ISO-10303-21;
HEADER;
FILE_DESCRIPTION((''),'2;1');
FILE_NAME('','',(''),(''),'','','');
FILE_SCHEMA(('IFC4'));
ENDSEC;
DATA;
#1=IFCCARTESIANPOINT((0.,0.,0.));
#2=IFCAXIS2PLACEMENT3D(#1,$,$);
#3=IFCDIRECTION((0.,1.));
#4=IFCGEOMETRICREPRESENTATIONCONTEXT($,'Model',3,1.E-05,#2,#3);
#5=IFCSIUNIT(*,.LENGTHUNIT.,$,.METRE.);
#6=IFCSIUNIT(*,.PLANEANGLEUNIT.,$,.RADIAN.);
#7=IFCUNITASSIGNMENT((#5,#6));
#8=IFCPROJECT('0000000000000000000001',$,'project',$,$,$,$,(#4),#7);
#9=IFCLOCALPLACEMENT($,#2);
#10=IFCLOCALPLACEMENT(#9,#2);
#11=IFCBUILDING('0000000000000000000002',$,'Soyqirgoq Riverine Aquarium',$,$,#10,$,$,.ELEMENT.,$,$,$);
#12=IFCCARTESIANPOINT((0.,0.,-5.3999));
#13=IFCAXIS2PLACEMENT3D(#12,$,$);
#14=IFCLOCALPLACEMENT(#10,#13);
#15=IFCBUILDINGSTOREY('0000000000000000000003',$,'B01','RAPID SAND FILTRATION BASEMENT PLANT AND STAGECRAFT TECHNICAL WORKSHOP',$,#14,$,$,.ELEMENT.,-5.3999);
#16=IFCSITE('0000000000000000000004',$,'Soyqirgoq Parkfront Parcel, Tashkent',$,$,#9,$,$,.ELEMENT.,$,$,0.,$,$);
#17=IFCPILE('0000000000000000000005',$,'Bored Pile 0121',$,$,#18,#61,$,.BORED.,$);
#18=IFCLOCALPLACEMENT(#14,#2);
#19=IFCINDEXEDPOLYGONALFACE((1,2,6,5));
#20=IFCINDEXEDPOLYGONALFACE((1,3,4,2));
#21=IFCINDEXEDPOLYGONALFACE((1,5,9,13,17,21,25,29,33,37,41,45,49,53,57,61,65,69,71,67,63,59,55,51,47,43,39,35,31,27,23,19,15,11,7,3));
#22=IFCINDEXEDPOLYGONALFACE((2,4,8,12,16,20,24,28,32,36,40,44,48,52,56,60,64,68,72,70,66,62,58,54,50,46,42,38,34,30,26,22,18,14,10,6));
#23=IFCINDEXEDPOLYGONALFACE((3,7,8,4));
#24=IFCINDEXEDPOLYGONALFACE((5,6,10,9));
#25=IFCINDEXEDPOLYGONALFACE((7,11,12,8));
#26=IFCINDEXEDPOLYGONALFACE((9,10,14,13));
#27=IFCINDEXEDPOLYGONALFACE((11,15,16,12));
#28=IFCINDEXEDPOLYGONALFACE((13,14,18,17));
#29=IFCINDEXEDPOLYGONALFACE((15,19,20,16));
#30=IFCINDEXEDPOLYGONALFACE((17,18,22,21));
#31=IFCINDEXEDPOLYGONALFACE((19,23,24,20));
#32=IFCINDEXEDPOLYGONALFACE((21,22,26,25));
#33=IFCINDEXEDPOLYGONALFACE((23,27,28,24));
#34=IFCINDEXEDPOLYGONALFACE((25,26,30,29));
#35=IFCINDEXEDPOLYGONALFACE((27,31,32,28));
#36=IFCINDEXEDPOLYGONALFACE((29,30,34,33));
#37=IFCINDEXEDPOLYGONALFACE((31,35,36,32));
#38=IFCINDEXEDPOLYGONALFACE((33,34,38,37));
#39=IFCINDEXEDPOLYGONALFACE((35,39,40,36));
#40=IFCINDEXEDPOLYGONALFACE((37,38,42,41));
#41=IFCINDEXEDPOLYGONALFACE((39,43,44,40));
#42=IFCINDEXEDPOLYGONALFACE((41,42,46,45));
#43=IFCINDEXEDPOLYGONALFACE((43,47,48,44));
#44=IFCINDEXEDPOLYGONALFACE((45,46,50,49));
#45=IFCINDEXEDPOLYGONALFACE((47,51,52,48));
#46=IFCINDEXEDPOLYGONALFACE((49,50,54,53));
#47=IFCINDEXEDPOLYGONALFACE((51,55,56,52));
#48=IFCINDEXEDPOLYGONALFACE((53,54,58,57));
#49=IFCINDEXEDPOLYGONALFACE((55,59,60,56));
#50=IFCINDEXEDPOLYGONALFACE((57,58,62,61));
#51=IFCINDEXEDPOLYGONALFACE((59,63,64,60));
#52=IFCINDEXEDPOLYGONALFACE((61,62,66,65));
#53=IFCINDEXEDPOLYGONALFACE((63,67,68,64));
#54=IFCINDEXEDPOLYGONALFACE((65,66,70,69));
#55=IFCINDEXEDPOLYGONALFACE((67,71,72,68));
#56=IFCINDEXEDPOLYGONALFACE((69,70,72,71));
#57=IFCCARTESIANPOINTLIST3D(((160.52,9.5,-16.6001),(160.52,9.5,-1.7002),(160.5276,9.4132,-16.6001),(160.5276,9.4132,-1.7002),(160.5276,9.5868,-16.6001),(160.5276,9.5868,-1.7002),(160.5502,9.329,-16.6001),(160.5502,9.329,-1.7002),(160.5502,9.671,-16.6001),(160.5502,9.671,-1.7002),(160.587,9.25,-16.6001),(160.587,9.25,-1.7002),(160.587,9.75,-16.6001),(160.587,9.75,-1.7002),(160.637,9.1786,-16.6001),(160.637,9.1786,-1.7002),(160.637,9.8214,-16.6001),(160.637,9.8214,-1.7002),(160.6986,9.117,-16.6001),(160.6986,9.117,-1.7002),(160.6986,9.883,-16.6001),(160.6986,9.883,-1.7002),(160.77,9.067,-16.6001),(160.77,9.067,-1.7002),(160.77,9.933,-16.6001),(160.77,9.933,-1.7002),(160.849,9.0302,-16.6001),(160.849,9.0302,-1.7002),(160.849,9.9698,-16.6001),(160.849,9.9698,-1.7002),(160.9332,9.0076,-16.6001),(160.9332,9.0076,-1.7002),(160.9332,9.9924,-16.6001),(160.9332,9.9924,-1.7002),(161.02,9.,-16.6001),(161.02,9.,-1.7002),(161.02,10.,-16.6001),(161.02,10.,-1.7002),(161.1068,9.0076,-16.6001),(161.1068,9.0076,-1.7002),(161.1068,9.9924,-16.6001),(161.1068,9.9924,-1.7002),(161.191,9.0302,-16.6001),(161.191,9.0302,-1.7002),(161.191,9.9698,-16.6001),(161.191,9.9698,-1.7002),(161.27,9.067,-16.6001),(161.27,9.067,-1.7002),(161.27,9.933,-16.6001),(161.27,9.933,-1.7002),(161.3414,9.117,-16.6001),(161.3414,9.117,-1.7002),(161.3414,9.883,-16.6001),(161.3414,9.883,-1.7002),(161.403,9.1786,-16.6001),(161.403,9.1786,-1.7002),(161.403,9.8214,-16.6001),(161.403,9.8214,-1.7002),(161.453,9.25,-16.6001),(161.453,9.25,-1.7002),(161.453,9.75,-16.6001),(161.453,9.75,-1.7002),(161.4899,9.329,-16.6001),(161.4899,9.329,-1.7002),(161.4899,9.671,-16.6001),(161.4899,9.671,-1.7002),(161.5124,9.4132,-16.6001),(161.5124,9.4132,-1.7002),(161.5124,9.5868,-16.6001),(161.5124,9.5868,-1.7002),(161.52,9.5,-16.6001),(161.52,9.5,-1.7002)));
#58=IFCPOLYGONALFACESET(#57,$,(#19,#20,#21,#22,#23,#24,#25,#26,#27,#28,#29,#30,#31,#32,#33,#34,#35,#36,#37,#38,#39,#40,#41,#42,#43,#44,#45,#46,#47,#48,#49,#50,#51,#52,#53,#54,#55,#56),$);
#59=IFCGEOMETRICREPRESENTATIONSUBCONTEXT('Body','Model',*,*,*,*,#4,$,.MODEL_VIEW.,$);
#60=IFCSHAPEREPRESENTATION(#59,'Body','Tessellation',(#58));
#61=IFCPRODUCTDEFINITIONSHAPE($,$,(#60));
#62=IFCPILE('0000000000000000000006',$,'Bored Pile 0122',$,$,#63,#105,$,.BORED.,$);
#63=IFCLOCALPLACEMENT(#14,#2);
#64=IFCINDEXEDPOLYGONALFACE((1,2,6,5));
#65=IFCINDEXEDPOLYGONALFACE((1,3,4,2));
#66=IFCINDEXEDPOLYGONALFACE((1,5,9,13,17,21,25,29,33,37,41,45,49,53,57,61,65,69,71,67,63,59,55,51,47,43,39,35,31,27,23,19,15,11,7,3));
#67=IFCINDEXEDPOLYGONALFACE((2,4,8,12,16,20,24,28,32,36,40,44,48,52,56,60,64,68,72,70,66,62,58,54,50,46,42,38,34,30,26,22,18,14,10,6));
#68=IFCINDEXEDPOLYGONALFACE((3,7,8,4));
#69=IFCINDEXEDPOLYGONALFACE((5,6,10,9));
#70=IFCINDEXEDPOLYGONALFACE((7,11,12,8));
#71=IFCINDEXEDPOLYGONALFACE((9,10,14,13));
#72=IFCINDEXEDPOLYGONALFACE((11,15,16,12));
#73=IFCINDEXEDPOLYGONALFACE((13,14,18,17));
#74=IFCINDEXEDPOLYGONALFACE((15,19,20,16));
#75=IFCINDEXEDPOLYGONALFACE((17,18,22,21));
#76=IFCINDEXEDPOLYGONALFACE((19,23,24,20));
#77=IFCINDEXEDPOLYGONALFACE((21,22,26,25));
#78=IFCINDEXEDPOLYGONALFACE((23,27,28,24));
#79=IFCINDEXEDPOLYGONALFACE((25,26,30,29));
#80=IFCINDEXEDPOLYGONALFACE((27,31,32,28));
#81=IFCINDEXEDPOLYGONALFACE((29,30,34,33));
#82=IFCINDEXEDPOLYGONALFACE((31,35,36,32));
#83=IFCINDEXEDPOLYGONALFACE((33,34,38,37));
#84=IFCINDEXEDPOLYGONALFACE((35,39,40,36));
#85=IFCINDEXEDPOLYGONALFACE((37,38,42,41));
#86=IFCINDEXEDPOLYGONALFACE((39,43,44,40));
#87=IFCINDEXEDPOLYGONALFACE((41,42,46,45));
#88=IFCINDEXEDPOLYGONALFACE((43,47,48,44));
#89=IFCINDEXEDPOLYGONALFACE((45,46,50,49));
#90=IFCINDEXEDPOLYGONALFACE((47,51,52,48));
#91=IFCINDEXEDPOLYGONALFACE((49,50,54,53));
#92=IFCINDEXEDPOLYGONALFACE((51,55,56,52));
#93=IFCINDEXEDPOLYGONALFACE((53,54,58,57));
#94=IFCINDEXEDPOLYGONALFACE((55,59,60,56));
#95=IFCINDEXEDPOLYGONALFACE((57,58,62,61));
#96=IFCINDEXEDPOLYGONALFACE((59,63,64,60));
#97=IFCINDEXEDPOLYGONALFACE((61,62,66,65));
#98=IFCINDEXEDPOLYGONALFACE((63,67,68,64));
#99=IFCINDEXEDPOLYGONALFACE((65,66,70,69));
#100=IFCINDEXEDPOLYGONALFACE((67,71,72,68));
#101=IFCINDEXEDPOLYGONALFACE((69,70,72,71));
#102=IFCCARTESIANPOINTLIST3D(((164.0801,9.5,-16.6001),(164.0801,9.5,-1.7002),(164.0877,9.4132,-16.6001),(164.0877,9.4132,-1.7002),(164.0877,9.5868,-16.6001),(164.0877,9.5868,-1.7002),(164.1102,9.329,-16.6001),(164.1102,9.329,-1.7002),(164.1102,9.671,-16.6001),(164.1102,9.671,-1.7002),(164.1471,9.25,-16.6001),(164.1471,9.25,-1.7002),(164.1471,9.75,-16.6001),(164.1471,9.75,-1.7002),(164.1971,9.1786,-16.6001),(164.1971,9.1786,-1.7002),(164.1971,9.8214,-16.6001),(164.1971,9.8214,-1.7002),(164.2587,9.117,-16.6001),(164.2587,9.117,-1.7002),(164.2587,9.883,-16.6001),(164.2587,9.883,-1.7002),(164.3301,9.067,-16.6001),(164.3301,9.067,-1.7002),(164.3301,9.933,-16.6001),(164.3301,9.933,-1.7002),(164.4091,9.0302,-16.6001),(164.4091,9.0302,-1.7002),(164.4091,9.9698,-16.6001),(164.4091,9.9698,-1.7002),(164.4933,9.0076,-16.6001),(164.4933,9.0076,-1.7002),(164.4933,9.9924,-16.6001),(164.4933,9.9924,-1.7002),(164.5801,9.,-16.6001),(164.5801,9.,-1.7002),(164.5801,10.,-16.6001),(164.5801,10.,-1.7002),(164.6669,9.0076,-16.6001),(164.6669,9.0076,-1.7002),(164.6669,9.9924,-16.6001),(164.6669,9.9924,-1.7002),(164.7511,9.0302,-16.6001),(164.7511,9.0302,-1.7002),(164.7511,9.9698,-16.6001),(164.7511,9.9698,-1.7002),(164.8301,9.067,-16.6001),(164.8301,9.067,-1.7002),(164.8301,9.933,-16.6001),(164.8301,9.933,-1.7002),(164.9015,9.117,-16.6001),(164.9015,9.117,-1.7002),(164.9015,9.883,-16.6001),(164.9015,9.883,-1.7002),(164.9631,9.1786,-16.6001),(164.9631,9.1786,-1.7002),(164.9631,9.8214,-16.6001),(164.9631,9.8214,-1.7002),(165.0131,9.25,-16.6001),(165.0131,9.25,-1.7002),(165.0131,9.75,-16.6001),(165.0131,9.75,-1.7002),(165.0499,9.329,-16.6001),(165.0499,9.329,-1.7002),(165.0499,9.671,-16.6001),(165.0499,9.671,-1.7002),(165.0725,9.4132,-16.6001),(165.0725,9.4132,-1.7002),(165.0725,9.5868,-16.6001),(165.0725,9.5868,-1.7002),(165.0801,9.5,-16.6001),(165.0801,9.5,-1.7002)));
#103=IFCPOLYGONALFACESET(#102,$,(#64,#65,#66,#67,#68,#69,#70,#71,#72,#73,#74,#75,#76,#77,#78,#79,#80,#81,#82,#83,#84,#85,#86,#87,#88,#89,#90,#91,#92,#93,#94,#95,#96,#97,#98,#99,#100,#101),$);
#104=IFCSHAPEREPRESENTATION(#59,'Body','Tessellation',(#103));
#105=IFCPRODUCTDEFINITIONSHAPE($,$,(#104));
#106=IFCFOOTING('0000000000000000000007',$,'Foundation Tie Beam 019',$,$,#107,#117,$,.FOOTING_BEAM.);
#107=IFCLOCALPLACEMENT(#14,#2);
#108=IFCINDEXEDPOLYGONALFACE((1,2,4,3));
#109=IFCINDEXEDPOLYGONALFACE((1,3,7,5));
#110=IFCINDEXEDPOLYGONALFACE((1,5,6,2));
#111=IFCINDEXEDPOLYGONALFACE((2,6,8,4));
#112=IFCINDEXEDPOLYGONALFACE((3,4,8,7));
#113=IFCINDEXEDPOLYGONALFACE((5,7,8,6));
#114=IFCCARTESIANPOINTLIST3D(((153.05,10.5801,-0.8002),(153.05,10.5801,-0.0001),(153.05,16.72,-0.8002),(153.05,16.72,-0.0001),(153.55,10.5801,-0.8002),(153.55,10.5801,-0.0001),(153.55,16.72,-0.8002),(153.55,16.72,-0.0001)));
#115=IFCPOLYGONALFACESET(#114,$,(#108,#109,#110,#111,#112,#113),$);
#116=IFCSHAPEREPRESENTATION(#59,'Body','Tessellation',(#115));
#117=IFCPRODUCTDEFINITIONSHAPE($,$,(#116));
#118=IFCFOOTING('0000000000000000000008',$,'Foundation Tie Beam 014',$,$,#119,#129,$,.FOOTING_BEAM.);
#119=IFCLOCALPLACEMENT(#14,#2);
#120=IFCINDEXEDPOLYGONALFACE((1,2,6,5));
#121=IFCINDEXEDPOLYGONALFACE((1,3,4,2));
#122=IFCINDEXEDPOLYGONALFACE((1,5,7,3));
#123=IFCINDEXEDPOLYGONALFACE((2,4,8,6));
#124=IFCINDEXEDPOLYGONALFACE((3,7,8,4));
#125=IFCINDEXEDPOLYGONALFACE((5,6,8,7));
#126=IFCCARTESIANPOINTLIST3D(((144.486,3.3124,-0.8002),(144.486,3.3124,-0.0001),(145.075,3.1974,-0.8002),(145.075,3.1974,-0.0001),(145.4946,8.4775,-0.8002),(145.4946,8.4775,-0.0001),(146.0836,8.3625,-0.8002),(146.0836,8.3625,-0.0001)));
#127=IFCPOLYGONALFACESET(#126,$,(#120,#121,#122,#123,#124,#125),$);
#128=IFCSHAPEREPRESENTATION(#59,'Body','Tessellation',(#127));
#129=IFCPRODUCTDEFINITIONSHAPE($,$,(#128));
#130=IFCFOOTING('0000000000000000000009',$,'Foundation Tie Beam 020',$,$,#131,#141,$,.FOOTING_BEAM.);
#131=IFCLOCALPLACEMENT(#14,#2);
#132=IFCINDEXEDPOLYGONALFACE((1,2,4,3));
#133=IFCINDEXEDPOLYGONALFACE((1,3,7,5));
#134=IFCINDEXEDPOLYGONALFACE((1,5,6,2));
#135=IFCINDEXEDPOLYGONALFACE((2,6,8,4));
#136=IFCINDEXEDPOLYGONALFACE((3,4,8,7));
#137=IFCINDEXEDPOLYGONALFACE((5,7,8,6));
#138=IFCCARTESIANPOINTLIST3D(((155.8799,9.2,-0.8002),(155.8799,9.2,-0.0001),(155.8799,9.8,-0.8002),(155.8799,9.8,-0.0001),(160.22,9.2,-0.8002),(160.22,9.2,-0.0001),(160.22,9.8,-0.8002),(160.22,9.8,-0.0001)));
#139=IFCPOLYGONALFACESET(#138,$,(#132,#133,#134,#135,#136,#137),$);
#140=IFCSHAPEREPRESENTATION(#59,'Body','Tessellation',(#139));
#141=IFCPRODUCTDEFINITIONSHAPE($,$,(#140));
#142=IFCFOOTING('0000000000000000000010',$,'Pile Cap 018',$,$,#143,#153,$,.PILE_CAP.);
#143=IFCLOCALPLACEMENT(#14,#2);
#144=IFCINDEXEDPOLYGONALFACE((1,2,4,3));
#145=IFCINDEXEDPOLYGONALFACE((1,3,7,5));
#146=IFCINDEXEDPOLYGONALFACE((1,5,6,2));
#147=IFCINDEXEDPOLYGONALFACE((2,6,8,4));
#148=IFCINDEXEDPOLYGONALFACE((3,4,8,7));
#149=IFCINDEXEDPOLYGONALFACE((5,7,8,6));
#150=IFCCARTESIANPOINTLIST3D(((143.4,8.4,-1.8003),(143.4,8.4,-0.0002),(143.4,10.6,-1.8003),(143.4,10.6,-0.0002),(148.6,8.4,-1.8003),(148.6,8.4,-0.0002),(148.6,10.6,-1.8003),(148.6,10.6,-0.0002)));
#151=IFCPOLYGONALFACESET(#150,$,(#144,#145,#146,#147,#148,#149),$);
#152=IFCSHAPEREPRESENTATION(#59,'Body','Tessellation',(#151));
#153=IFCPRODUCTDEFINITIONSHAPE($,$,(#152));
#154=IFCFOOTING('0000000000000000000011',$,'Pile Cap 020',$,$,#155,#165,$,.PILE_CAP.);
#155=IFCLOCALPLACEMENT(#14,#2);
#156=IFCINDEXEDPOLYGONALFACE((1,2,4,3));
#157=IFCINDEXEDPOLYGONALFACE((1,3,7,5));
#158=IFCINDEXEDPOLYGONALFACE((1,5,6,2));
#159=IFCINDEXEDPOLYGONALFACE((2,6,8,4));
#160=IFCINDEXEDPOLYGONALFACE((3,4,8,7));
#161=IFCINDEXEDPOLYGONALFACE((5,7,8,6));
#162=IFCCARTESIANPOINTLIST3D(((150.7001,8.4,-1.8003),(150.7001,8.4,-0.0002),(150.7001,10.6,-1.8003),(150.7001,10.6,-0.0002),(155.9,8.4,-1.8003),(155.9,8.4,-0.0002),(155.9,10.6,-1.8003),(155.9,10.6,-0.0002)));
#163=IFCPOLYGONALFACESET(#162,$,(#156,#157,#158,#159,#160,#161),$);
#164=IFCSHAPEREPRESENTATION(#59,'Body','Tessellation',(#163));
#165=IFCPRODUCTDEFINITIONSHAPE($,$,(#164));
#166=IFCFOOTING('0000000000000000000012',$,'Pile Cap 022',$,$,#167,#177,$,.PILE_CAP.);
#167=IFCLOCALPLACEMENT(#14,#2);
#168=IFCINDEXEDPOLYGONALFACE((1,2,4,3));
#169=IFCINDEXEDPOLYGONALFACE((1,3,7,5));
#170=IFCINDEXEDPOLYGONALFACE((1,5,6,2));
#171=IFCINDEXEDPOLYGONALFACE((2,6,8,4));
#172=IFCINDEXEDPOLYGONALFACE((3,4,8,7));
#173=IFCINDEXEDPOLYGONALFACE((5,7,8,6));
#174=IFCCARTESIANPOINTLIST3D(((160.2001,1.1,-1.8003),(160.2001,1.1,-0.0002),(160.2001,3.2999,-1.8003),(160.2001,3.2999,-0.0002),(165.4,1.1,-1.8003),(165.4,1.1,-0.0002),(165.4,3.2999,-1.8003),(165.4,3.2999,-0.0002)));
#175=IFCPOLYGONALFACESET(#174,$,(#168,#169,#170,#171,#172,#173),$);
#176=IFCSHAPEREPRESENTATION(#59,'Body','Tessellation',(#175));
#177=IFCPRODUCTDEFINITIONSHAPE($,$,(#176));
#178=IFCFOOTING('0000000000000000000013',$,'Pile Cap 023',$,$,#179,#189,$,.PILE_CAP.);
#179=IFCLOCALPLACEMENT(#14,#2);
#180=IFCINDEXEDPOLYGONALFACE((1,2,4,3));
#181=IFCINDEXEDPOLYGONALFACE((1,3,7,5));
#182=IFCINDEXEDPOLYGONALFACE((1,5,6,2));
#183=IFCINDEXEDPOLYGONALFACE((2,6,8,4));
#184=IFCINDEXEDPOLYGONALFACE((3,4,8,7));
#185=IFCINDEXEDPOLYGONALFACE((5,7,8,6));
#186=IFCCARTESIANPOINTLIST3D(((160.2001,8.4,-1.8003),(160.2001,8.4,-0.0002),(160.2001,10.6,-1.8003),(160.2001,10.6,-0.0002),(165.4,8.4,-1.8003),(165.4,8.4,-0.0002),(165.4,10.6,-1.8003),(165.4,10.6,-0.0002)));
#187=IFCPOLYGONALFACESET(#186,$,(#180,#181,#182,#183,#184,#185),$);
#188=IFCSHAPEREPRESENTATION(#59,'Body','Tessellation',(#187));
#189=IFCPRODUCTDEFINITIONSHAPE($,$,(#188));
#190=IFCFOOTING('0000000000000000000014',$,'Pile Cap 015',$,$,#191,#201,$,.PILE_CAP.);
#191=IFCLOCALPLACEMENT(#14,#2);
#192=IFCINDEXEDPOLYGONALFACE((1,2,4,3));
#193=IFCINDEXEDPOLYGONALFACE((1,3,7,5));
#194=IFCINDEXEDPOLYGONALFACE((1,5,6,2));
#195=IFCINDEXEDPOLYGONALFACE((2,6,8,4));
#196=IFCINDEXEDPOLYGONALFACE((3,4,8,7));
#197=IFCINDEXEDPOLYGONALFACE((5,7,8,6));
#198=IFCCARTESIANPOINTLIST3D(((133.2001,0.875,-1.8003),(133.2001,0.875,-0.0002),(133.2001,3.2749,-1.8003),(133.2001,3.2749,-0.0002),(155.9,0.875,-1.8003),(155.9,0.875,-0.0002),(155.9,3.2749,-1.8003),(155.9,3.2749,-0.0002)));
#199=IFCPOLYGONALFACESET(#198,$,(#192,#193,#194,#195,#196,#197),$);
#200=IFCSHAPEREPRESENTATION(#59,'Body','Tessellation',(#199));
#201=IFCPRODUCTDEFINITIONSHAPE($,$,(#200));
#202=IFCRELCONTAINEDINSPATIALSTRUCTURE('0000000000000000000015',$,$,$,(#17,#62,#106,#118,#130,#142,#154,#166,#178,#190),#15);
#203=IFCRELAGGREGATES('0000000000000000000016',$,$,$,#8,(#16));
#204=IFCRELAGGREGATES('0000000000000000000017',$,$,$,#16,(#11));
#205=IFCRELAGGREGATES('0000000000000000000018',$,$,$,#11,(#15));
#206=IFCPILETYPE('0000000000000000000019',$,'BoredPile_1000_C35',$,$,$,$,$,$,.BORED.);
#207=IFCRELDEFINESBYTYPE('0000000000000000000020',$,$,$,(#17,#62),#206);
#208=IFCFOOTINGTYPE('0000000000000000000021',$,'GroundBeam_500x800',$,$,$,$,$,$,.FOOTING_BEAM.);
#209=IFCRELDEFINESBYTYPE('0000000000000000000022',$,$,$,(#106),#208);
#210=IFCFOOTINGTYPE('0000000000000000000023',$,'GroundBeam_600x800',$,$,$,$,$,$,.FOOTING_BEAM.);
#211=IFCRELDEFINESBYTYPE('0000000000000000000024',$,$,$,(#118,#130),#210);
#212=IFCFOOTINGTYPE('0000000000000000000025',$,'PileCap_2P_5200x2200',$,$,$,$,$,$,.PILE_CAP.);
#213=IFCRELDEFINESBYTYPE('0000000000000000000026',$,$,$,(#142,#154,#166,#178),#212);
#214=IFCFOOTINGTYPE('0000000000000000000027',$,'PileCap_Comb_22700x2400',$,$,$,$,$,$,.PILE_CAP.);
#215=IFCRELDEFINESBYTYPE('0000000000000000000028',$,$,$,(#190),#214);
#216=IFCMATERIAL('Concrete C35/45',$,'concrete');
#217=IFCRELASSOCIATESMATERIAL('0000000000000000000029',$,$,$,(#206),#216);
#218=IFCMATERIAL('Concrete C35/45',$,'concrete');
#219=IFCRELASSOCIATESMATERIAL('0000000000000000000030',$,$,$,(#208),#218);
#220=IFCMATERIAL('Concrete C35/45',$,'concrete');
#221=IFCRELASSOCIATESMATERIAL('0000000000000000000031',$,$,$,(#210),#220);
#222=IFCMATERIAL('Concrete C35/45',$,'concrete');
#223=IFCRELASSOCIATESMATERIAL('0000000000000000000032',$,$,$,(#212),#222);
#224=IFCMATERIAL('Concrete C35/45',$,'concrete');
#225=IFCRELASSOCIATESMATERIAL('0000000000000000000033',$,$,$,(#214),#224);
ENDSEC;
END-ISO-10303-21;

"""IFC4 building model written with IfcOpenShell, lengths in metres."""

from ifc_helpers import new_model, si_unit, direction, frame, origin, origin_2d, place, context, subcontext, project, spatial, rectangle, circle, extrude, material, material_profile, profile_set, type_object, element, save


model = new_model("IFC4")

# Units and contexts
model_context = context("Model", 3, precision=1e-05, world=origin(), true_north=direction((0.0, 1.0)))
body_context = subcontext(model_context, "Body", "Model", "MODEL_VIEW")
ifc_project = project(units=[si_unit("LENGTHUNIT", "METRE"), si_unit("PLANEANGLEUNIT", "RADIAN")], contexts=[model_context])

# Site, building, storey
site_placement = place(None, origin())
site = spatial("IfcSite", under=ifc_project, at=site_placement, Name="Soyqirgoq Parkfront Parcel, Tashkent", CompositionType="ELEMENT", RefElevation=0.0)
building_placement = place(site_placement, origin())
building = spatial("IfcBuilding", under=site, at=building_placement, Name="Soyqirgoq Riverine Aquarium", CompositionType="ELEMENT")
storey_placement = place(building_placement, frame((0.0, 0.0, -5.3999)))
storey = spatial("IfcBuildingStorey", under=building, at=storey_placement, Name="B01", Description="RAPID SAND FILTRATION BASEMENT PLANT AND STAGECRAFT TECHNICAL WORKSHOP", CompositionType="ELEMENT", Elevation=-5.3999)

# Piles
ifc_material_1 = material(Name="Concrete C35/45", Category="concrete")
ifc_material_profile_1 = material_profile(ifc_material_1, circle(Radius=0.5, at=origin_2d()), Name="BP D1000")
ifc_profile_set_1 = profile_set([ifc_material_profile_1], Name="Concrete C35/45")
pile_type = type_object("IfcPileType", Name="BoredPile_1000_C35", PredefinedType="BORED", material=ifc_profile_set_1)
for number, where, z_axis, x_axis, name in (
    (1, (161.02, 9.5, -1.7002), (0.0, 0.0, -1.0), (1.0, 0.0, 0.0), "Bored Pile 0121"),
    (2, (164.5801, 9.5, -1.7002), (0.0, 0.0, -1.0), (1.0, 0.0, 0.0), "Bored Pile 0122"),
):
    element("IfcPile", number, at=place(storey_placement, frame(where, z_axis=z_axis, x_axis=x_axis)), inside=storey, type_object=pile_type, Name=name, PredefinedType="BORED", context=body_context, shape_type="SweptSolid", body=[
        extrude(circle(Radius=0.5, at=origin_2d()), origin(), (0.0, 0.0, 1.0), 14.8999),
    ])

# Footings
ifc_material_2 = material(Name="Concrete C35/45", Category="concrete")
ifc_material_profile_2 = material_profile(ifc_material_2, rectangle(XDim=0.5, YDim=0.8, at=origin_2d()), Name="RC 500x800")
ifc_profile_set_2 = profile_set([ifc_material_profile_2], Name="Concrete C35/45")
footing_type_1 = type_object("IfcFootingType", Name="GroundBeam_500x800", PredefinedType="FOOTING_BEAM", material=ifc_profile_set_2)
footing_1_placement = place(storey_placement, frame((153.3, 10.5801, -0.4001), z_axis=(0.0, 1.0, 0.0), x_axis=(-1.0, 0.0, 0.0)))
element("IfcFooting", 3, at=footing_1_placement, inside=storey, type_object=footing_type_1, Name="Foundation Tie Beam 019", PredefinedType="FOOTING_BEAM", context=body_context, shape_type="SweptSolid", body=[
    extrude(rectangle(XDim=0.5, YDim=0.8, at=origin_2d()), origin(), (0.0, 0.0, 1.0), 6.1399),
])
ifc_material_3 = material(Name="Concrete C35/45", Category="concrete")
ifc_material_profile_3 = material_profile(ifc_material_3, rectangle(XDim=0.6001, YDim=0.8, at=origin_2d()), Name="RC 600x800")
ifc_profile_set_3 = profile_set([ifc_material_profile_3], Name="Concrete C35/45")
footing_type_2 = type_object("IfcFootingType", Name="GroundBeam_600x800", PredefinedType="FOOTING_BEAM", material=ifc_profile_set_3)
footing_2_placement = place(storey_placement, frame((144.7805, 3.2549, -0.4001), z_axis=(0.191644, 0.981464, 0.0), x_axis=(-0.981464, 0.191644, 0.0)))
element("IfcFooting", 4, at=footing_2_placement, inside=storey, type_object=footing_type_2, Name="Foundation Tie Beam 014", PredefinedType="FOOTING_BEAM", context=body_context, shape_type="SweptSolid", body=[
    extrude(rectangle(XDim=0.6001, YDim=0.8, at=origin_2d()), origin(), (0.0, 0.0, 1.0), 5.2627),
])
footing_3_placement = place(storey_placement, frame((155.8799, 9.5, -0.4001), z_axis=(1.0, 0.0, 0.0), x_axis=(0.0, 1.0, 0.0)))
element("IfcFooting", 5, at=footing_3_placement, inside=storey, type_object=footing_type_2, Name="Foundation Tie Beam 020", PredefinedType="FOOTING_BEAM", context=body_context, shape_type="SweptSolid", body=[
    extrude(rectangle(XDim=0.6001, YDim=0.8, at=origin_2d()), origin(), (0.0, 0.0, 1.0), 4.3401),
])
ifc_material_4 = material(Name="Concrete C35/45", Category="concrete")
footing_type_3 = type_object("IfcFootingType", Name="PileCap_2P_5200x2200", PredefinedType="PILE_CAP", material=ifc_material_4)
for number, where, z_axis, x_axis, name in (
    (6, (146.0, 9.5, -1.8003), (0.0, 0.0, 1.0), (1.0, 0.0, 0.0), "Pile Cap 018"),
    (7, (153.3, 9.5, -1.8003), (0.0, 0.0, 1.0), (1.0, 0.0, 0.0), "Pile Cap 020"),
    (8, (162.8, 2.2, -1.8003), (0.0, 0.0, 1.0), (1.0, 0.0, 0.0), "Pile Cap 022"),
    (9, (162.8, 9.5, -1.8003), (0.0, 0.0, 1.0), (1.0, 0.0, 0.0), "Pile Cap 023"),
):
    element("IfcFooting", number, at=place(storey_placement, frame(where, z_axis=z_axis, x_axis=x_axis)), inside=storey, type_object=footing_type_3, Name=name, PredefinedType="PILE_CAP", context=body_context, shape_type="SweptSolid", body=[
        extrude(rectangle(XDim=5.2, YDim=2.2, at=origin_2d()), origin(), (0.0, 0.0, 1.0), 1.8),
    ])
ifc_material_5 = material(Name="Concrete C35/45", Category="concrete")
footing_type_4 = type_object("IfcFootingType", Name="PileCap_Comb_22700x2400", PredefinedType="PILE_CAP", material=ifc_material_5)
footing_4_placement = place(storey_placement, frame((144.55, 2.075, -1.8003), z_axis=(0.0, 0.0, 1.0), x_axis=(1.0, 0.0, 0.0)))
element("IfcFooting", 10, at=footing_4_placement, inside=storey, type_object=footing_type_4, Name="Pile Cap 015", PredefinedType="PILE_CAP", context=body_context, shape_type="SweptSolid", body=[
    extrude(rectangle(XDim=22.7, YDim=2.3999, at=origin_2d()), origin(), (0.0, 0.0, 1.0), 1.8),
])

save(model, "model.ifc")
